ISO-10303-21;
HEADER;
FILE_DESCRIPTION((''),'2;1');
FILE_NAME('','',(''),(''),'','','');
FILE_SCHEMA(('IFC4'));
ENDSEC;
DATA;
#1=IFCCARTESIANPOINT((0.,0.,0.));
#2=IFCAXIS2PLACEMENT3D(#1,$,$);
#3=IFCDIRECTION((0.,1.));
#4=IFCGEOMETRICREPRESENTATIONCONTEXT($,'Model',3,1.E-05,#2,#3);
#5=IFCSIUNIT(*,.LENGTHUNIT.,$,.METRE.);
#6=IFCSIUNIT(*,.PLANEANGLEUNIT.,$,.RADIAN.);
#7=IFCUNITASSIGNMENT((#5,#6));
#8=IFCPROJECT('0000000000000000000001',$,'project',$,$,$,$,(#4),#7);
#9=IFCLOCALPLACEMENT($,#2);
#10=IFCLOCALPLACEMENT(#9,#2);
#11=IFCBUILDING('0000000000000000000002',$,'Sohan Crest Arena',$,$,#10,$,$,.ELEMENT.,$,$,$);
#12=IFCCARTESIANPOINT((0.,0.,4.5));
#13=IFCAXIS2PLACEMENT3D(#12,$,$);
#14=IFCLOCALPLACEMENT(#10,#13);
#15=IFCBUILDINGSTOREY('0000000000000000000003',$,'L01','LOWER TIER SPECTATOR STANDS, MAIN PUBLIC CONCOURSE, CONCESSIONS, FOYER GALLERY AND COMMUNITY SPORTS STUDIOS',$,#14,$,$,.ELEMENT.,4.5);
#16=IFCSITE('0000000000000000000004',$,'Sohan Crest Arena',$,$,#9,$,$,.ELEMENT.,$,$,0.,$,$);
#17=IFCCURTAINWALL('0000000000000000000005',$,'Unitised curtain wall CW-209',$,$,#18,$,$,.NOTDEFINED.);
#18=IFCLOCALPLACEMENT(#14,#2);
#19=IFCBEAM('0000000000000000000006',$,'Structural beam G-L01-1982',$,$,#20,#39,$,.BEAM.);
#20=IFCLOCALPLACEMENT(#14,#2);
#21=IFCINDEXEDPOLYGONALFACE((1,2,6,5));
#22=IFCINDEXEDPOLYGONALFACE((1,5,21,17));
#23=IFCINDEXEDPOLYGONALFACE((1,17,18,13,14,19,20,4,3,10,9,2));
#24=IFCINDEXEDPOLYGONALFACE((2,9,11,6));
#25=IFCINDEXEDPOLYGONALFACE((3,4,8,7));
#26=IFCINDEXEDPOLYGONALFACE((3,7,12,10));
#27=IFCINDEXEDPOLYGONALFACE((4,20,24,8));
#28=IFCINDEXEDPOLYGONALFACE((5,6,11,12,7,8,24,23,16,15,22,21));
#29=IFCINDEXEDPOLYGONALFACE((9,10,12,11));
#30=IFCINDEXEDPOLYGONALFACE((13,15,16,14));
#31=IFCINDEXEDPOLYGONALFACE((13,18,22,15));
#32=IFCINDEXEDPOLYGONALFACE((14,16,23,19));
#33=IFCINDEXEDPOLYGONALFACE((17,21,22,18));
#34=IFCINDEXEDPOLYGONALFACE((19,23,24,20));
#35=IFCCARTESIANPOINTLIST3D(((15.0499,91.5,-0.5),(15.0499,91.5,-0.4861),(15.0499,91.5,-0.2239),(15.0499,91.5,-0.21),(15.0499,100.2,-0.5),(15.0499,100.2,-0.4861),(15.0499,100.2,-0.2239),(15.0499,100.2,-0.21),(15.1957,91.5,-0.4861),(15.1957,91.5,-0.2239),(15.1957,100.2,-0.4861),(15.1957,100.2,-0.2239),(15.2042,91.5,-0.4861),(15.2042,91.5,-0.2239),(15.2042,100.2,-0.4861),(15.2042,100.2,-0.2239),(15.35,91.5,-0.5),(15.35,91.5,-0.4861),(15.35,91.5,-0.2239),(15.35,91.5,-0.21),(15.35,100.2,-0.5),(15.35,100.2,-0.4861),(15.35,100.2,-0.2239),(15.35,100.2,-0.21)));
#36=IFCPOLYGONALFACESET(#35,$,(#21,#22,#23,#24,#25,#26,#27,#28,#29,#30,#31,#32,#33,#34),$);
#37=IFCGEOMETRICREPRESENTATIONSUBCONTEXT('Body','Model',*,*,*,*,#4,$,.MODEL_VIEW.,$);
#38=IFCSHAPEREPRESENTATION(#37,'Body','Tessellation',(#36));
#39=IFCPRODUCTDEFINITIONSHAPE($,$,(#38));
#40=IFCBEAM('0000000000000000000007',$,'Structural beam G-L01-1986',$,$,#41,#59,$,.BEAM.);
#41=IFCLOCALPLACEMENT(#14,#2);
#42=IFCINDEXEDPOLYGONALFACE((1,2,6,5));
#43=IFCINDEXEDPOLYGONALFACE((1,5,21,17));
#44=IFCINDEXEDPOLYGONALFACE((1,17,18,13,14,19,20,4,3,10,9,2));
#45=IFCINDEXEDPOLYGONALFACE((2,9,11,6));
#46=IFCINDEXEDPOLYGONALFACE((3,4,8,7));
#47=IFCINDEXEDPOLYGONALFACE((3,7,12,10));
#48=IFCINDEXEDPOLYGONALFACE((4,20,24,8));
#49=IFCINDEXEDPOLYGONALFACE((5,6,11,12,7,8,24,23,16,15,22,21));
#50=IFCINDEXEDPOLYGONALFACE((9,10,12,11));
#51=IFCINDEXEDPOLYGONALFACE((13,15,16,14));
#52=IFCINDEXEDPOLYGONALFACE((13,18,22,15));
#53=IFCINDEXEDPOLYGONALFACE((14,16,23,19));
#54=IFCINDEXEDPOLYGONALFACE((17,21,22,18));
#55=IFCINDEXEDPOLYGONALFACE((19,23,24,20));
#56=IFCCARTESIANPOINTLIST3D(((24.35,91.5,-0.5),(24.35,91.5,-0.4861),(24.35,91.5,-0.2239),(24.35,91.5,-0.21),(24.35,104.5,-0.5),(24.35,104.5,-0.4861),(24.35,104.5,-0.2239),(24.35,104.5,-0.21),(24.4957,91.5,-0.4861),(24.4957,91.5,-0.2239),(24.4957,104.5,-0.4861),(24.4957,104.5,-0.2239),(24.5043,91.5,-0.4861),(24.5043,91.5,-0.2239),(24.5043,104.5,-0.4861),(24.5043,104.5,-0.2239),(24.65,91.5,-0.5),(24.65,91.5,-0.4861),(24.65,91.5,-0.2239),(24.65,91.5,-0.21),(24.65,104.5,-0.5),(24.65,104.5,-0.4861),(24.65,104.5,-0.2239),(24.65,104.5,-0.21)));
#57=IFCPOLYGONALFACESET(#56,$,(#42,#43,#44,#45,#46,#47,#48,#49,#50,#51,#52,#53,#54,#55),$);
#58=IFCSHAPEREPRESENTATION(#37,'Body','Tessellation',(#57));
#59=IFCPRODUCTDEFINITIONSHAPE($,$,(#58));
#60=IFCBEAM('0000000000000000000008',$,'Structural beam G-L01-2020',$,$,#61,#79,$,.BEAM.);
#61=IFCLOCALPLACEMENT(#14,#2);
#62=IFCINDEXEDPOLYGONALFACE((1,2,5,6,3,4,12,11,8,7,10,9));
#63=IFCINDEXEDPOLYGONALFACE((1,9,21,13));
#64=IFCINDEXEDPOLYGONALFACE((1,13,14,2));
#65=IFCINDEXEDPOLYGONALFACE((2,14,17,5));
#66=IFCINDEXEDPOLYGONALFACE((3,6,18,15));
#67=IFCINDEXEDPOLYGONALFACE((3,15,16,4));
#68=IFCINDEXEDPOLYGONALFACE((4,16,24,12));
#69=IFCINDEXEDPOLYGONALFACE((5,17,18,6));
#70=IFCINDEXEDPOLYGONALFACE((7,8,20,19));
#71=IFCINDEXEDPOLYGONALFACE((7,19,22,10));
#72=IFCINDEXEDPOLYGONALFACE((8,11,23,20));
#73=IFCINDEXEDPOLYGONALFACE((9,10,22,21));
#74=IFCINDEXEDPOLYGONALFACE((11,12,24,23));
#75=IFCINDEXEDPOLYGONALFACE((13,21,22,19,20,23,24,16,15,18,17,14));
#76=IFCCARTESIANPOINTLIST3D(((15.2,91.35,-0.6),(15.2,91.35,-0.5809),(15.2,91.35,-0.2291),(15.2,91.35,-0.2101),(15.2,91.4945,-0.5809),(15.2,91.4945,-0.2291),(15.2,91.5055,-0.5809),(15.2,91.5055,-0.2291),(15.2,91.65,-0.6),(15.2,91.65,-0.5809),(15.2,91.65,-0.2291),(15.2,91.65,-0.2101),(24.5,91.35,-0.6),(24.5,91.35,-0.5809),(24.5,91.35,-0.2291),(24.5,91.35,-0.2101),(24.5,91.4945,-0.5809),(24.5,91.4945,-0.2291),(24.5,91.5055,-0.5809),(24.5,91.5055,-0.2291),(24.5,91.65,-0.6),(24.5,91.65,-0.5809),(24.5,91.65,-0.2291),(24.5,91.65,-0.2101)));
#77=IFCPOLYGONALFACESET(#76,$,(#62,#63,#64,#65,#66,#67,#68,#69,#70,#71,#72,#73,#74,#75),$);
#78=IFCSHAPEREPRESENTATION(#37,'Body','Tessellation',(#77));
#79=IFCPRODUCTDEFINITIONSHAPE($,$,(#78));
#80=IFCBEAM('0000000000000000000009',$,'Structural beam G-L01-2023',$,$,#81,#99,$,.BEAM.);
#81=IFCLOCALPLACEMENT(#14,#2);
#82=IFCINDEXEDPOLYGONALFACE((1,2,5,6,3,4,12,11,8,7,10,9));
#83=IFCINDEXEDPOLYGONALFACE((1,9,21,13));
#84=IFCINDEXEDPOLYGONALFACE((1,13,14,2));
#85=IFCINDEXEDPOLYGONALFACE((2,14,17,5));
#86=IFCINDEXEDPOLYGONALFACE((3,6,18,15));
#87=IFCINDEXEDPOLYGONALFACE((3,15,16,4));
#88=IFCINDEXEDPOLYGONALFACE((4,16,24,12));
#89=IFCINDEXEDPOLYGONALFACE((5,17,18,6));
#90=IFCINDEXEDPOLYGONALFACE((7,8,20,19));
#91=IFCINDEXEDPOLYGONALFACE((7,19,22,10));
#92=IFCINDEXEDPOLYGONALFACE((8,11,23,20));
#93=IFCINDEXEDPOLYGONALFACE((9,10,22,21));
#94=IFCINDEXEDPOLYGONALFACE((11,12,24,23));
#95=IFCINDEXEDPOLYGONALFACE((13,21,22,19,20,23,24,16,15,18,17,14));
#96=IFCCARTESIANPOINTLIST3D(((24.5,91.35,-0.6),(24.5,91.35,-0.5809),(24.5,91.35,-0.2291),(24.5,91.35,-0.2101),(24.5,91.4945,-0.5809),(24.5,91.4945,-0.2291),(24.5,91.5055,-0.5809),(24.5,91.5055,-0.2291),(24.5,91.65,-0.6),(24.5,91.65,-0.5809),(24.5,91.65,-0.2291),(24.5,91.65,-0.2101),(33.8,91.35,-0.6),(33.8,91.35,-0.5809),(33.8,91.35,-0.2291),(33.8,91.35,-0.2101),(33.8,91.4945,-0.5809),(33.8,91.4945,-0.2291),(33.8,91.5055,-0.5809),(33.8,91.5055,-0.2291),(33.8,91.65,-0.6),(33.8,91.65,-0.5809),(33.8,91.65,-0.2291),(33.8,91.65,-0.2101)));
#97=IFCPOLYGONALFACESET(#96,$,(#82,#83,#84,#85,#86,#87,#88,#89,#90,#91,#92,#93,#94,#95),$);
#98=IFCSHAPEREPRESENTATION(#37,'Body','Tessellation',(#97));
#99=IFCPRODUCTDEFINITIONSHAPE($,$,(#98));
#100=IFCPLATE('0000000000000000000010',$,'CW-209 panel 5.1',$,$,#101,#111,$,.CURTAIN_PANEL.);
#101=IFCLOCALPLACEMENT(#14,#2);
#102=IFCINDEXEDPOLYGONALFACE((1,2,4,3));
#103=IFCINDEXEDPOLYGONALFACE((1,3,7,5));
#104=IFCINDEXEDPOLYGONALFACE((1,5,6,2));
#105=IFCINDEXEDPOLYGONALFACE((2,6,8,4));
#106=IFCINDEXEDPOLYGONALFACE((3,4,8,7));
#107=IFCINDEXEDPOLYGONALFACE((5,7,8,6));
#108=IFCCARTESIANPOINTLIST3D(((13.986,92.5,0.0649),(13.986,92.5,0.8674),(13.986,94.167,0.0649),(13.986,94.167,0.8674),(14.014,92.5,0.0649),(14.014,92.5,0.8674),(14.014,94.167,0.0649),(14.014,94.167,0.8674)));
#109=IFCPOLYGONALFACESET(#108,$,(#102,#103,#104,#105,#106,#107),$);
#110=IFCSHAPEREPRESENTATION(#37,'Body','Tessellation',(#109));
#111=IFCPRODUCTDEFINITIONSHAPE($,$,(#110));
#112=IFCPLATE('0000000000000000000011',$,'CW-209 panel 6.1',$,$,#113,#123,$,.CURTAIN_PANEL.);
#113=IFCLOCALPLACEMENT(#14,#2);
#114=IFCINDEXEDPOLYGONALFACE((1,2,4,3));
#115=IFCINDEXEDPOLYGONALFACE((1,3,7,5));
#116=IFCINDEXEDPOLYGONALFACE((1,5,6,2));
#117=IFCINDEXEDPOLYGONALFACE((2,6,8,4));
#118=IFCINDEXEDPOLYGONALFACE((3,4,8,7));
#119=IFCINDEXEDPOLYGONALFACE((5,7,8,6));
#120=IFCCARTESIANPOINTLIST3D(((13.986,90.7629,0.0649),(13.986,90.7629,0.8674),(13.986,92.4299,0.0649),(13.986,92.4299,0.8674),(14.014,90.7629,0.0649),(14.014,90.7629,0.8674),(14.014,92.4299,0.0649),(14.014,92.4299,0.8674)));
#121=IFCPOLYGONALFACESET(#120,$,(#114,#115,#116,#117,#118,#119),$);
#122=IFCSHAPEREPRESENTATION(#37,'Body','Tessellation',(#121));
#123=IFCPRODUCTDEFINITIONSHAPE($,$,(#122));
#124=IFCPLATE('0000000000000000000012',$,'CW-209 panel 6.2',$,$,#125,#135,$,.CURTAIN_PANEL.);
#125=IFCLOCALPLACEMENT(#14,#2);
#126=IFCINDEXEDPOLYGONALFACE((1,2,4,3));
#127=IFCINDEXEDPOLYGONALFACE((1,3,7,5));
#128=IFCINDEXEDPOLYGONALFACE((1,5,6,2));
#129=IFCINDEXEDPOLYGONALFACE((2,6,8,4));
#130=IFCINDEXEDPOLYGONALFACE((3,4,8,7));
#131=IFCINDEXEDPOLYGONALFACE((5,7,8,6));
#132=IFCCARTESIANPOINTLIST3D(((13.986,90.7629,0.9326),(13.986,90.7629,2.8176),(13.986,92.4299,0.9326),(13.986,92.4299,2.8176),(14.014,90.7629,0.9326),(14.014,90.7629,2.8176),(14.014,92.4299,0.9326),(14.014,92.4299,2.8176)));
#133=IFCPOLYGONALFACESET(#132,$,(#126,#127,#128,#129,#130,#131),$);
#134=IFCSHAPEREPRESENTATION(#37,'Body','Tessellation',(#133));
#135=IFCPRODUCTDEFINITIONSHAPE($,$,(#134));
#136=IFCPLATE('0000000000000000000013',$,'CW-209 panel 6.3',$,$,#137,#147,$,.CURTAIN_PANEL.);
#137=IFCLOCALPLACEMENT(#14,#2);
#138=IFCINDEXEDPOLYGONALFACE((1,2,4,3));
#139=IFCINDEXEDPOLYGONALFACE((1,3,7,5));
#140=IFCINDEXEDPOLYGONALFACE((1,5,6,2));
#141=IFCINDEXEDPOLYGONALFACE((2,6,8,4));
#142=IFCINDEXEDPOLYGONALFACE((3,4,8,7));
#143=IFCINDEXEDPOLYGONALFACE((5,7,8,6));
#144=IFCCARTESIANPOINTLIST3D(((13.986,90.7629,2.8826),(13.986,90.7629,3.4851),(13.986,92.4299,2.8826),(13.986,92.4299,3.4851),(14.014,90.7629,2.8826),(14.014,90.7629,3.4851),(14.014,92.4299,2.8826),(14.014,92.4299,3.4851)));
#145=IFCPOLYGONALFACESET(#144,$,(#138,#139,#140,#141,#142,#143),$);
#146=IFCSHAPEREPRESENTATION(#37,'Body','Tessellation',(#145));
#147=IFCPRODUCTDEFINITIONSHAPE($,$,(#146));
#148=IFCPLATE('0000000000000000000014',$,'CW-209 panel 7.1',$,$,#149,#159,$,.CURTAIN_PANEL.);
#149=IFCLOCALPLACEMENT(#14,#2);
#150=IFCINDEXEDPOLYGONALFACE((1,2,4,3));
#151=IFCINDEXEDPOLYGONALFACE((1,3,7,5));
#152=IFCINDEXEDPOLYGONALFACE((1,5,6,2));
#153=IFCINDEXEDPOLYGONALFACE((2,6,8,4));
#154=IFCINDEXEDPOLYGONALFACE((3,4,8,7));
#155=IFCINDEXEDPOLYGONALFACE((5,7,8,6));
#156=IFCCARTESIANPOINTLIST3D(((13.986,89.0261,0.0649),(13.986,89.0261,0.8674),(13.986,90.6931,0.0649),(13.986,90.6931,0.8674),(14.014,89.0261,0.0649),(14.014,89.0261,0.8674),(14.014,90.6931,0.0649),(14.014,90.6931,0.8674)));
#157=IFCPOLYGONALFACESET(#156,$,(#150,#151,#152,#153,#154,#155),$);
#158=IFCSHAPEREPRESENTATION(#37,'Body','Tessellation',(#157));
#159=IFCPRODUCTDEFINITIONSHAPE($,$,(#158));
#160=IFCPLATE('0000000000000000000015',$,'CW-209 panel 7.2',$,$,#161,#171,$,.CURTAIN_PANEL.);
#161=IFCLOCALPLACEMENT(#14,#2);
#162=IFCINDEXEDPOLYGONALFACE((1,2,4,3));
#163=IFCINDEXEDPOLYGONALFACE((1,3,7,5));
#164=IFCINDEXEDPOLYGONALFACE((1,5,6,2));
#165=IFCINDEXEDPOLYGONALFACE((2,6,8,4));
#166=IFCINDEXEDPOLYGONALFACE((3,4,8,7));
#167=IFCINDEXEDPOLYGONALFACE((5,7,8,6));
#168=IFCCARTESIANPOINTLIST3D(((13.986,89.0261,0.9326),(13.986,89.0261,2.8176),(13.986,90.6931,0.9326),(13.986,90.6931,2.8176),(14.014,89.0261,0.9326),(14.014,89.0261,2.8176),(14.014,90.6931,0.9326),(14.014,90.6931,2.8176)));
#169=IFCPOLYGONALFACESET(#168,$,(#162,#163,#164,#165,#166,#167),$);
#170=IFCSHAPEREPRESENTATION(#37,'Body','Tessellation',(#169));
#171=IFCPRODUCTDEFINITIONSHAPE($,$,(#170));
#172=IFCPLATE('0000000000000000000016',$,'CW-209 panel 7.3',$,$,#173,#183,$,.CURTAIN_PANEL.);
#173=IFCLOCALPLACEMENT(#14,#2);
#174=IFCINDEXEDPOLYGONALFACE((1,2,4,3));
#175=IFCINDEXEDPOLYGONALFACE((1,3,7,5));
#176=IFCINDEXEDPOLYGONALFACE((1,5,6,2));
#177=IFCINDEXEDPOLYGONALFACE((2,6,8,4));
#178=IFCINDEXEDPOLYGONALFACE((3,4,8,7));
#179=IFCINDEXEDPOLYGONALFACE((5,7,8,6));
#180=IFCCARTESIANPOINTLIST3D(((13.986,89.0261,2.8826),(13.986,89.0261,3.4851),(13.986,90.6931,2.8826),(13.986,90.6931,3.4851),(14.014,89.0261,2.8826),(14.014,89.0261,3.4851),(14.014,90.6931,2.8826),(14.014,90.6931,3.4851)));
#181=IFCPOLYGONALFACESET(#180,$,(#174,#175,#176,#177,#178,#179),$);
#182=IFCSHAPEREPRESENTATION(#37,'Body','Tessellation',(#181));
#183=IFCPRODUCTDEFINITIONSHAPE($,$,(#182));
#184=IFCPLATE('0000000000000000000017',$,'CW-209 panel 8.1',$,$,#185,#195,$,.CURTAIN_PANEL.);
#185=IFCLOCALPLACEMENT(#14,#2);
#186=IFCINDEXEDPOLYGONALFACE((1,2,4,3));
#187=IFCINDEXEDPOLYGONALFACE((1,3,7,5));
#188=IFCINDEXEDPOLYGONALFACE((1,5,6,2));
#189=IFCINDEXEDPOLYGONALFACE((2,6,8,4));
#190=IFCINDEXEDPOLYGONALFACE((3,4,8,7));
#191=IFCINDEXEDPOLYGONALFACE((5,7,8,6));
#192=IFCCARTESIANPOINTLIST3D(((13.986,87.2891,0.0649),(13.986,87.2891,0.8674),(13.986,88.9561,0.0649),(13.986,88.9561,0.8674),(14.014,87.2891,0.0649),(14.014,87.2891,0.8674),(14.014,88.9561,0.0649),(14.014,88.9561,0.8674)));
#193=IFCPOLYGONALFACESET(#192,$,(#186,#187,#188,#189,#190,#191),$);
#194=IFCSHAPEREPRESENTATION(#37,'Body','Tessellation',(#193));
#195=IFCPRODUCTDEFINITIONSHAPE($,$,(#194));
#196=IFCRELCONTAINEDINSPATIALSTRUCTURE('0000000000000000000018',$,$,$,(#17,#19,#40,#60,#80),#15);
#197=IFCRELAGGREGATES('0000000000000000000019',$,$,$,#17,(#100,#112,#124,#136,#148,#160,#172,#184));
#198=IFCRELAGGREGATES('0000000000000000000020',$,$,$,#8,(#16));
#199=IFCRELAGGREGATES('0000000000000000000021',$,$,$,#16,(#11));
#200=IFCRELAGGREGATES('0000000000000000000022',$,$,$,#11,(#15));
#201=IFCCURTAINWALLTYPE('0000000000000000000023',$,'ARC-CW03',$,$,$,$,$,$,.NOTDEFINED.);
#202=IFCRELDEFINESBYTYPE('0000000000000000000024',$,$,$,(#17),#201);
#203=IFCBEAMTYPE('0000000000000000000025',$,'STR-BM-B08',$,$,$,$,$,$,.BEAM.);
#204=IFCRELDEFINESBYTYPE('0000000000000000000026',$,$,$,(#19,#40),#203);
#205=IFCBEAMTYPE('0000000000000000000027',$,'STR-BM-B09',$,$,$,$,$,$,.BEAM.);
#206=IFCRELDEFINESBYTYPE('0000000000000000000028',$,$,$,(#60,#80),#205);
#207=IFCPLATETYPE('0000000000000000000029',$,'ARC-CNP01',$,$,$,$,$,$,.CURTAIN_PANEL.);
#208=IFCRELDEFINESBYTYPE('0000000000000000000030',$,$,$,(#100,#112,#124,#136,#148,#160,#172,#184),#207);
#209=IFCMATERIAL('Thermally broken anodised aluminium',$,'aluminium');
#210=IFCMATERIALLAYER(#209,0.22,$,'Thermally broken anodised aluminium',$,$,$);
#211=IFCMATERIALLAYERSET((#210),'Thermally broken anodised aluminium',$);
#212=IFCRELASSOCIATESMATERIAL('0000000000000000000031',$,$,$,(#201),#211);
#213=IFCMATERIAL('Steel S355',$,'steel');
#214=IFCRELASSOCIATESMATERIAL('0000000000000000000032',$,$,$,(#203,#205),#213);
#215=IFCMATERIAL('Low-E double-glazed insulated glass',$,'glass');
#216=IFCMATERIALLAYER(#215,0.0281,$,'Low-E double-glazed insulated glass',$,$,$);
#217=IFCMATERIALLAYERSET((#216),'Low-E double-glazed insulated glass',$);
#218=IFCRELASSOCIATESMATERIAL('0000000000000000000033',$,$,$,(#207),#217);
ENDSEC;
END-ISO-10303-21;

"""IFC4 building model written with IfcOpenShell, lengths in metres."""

from ifc_helpers import new_model, si_unit, direction, frame, origin, origin_2d, place, context, subcontext, project, spatial, rectangle, i_section, extrude, material, layer, layer_set, material_profile, profile_set, type_object, element, aggregate, save


model = new_model("IFC4")

# Units and contexts
model_context = context("Model", 3, precision=1e-05, world=origin(), true_north=direction((0.0, 1.0)))
body_context = subcontext(model_context, "Body", "Model", "MODEL_VIEW")
ifc_project = project(units=[si_unit("LENGTHUNIT", "METRE"), si_unit("PLANEANGLEUNIT", "RADIAN")], contexts=[model_context])

# Site, building, storey
site_placement = place(None, origin())
site = spatial("IfcSite", under=ifc_project, at=site_placement, Name="Sohan Crest Arena", CompositionType="ELEMENT", RefElevation=0.0)
building_placement = place(site_placement, origin())
building = spatial("IfcBuilding", under=site, at=building_placement, Name="Sohan Crest Arena", CompositionType="ELEMENT")
storey_placement = place(building_placement, frame((0.0, 0.0, 4.5)))
storey = spatial("IfcBuildingStorey", under=building, at=storey_placement, Name="L01", Description="LOWER TIER SPECTATOR STANDS, MAIN PUBLIC CONCOURSE, CONCESSIONS, FOYER GALLERY AND COMMUNITY SPORTS STUDIOS", CompositionType="ELEMENT", Elevation=4.5)

# Curtain wall
ifc_material_1 = material(Name="Thermally broken anodised aluminium", Category="aluminium")
ifc_layer_1 = layer(ifc_material_1, 0.22, Name="Thermally broken anodised aluminium")
ifc_layer_set_1 = layer_set([ifc_layer_1], Name="Thermally broken anodised aluminium")
curtain_wall_type = type_object("IfcCurtainWallType", Name="ARC-CW03", PredefinedType="NOTDEFINED", material=ifc_layer_set_1)
curtain_wall_placement = place(storey_placement, origin())
curtain_wall = element("IfcCurtainWall", 1, at=curtain_wall_placement, inside=storey, type_object=curtain_wall_type, Name="Unitised curtain wall CW-209", PredefinedType="NOTDEFINED")

# Beams
ifc_material_2 = material(Name="Steel S355", Category="steel")
ifc_material_profile_1 = material_profile(ifc_material_2, i_section(OverallWidth=0.3, OverallDepth=0.29, WebThickness=0.0085, FlangeThickness=0.0139, at=origin_2d()), Name="HEA 300")
ifc_profile_set_1 = profile_set([ifc_material_profile_1], Name="Steel S355")
beam_type_1 = type_object("IfcBeamType", Name="STR-BM-B08", PredefinedType="BEAM", material=ifc_profile_set_1)
beam_1_placement = place(storey_placement, frame((15.2, 91.5, -0.355), z_axis=(0.0, 1.0, 0.0), x_axis=(-1.0, 0.0, 0.0)))
element("IfcBeam", 2, at=beam_1_placement, inside=storey, type_object=beam_type_1, Name="Structural beam G-L01-1982", PredefinedType="BEAM", context=body_context, shape_type="SweptSolid", body=[
    extrude(i_section(OverallWidth=0.3, OverallDepth=0.29, WebThickness=0.0085, FlangeThickness=0.0139, at=origin_2d()), origin(), (0.0, 0.0, 1.0), 8.7),
])
beam_2_placement = place(storey_placement, frame((24.5, 91.5, -0.355), z_axis=(0.0, 1.0, 0.0), x_axis=(-1.0, 0.0, 0.0)))
element("IfcBeam", 3, at=beam_2_placement, inside=storey, type_object=beam_type_1, Name="Structural beam G-L01-1986", PredefinedType="BEAM", context=body_context, shape_type="SweptSolid", body=[
    extrude(i_section(OverallWidth=0.3, OverallDepth=0.29, WebThickness=0.0085, FlangeThickness=0.0139, at=origin_2d()), origin(), (0.0, 0.0, 1.0), 13.0),
])
ifc_material_profile_2 = material_profile(ifc_material_2, i_section(OverallWidth=0.3, OverallDepth=0.3899, WebThickness=0.011, FlangeThickness=0.019, at=origin_2d()), Name="HEA 400")
ifc_profile_set_2 = profile_set([ifc_material_profile_2], Name="Steel S355")
beam_type_2 = type_object("IfcBeamType", Name="STR-BM-B09", PredefinedType="BEAM", material=ifc_profile_set_2)
for number, where, z_axis, x_axis, name in (
    (4, (15.2, 91.5, -0.405), (1.0, 0.0, 0.0), (0.0, 1.0, 0.0), "Structural beam G-L01-2020"),
    (5, (24.5, 91.5, -0.405), (1.0, 0.0, 0.0), (0.0, 1.0, 0.0), "Structural beam G-L01-2023"),
):
    element("IfcBeam", number, at=place(storey_placement, frame(where, z_axis=z_axis, x_axis=x_axis)), inside=storey, type_object=beam_type_2, Name=name, PredefinedType="BEAM", context=body_context, shape_type="SweptSolid", body=[
        extrude(i_section(OverallWidth=0.3, OverallDepth=0.3899, WebThickness=0.011, FlangeThickness=0.019, at=origin_2d()), origin(), (0.0, 0.0, 1.0), 9.3),
    ])

# Plates
ifc_material_3 = material(Name="Low-E double-glazed insulated glass", Category="glass")
ifc_layer_2 = layer(ifc_material_3, 0.0281, Name="Low-E double-glazed insulated glass")
ifc_layer_set_2 = layer_set([ifc_layer_2], Name="Low-E double-glazed insulated glass")
plate_type = type_object("IfcPlateType", Name="ARC-CNP01", PredefinedType="CURTAIN_PANEL", material=ifc_layer_set_2)
plate_1_placement = place(storey_placement, frame((14.0, 93.3335, 0.0649), z_axis=(0.0, 0.0, 1.0), x_axis=(0.0, -1.0, 0.0)))
plate_1 = element("IfcPlate", 6, at=plate_1_placement, type_object=plate_type, Name="CW-209 panel 5.1", PredefinedType="CURTAIN_PANEL", context=body_context, shape_type="SweptSolid", body=[
    extrude(rectangle(XDim=1.667, YDim=0.0281, at=origin_2d()), origin(), (0.0, 0.0, 1.0), 0.8025),
])
plate_2_placement = place(storey_placement, frame((14.0, 91.5964, 0.0649), z_axis=(0.0, 0.0, 1.0), x_axis=(0.0, -1.0, 0.0)))
plate_2 = element("IfcPlate", 7, at=plate_2_placement, type_object=plate_type, Name="CW-209 panel 6.1", PredefinedType="CURTAIN_PANEL", context=body_context, shape_type="SweptSolid", body=[
    extrude(rectangle(XDim=1.667, YDim=0.0281, at=origin_2d()), origin(), (0.0, 0.0, 1.0), 0.8025),
])
plate_3_placement = place(storey_placement, frame((14.0, 91.5964, 0.9326), z_axis=(0.0, 0.0, 1.0), x_axis=(0.0, -1.0, 0.0)))
plate_3 = element("IfcPlate", 8, at=plate_3_placement, type_object=plate_type, Name="CW-209 panel 6.2", PredefinedType="CURTAIN_PANEL", context=body_context, shape_type="SweptSolid", body=[
    extrude(rectangle(XDim=1.667, YDim=0.0281, at=origin_2d()), origin(), (0.0, 0.0, 1.0), 1.885),
])
plate_4_placement = place(storey_placement, frame((14.0, 91.5964, 2.8826), z_axis=(0.0, 0.0, 1.0), x_axis=(0.0, -1.0, 0.0)))
plate_4 = element("IfcPlate", 9, at=plate_4_placement, type_object=plate_type, Name="CW-209 panel 6.3", PredefinedType="CURTAIN_PANEL", context=body_context, shape_type="SweptSolid", body=[
    extrude(rectangle(XDim=1.667, YDim=0.0281, at=origin_2d()), origin(), (0.0, 0.0, 1.0), 0.6025),
])
plate_5_placement = place(storey_placement, frame((14.0, 89.8596, 0.0649), z_axis=(0.0, 0.0, 1.0), x_axis=(0.0, -1.0, 0.0)))
plate_5 = element("IfcPlate", 10, at=plate_5_placement, type_object=plate_type, Name="CW-209 panel 7.1", PredefinedType="CURTAIN_PANEL", context=body_context, shape_type="SweptSolid", body=[
    extrude(rectangle(XDim=1.667, YDim=0.0281, at=origin_2d()), origin(), (0.0, 0.0, 1.0), 0.8025),
])
plate_6_placement = place(storey_placement, frame((14.0, 89.8596, 0.9326), z_axis=(0.0, 0.0, 1.0), x_axis=(0.0, -1.0, 0.0)))
plate_6 = element("IfcPlate", 11, at=plate_6_placement, type_object=plate_type, Name="CW-209 panel 7.2", PredefinedType="CURTAIN_PANEL", context=body_context, shape_type="SweptSolid", body=[
    extrude(rectangle(XDim=1.667, YDim=0.0281, at=origin_2d()), origin(), (0.0, 0.0, 1.0), 1.885),
])
plate_7_placement = place(storey_placement, frame((14.0, 89.8596, 2.8826), z_axis=(0.0, 0.0, 1.0), x_axis=(0.0, -1.0, 0.0)))
plate_7 = element("IfcPlate", 12, at=plate_7_placement, type_object=plate_type, Name="CW-209 panel 7.3", PredefinedType="CURTAIN_PANEL", context=body_context, shape_type="SweptSolid", body=[
    extrude(rectangle(XDim=1.667, YDim=0.0281, at=origin_2d()), origin(), (0.0, 0.0, 1.0), 0.6025),
])
plate_8_placement = place(storey_placement, frame((14.0, 88.1226, 0.0649), z_axis=(0.0, 0.0, 1.0), x_axis=(0.0, -1.0, 0.0)))
plate_8 = element("IfcPlate", 13, at=plate_8_placement, type_object=plate_type, Name="CW-209 panel 8.1", PredefinedType="CURTAIN_PANEL", context=body_context, shape_type="SweptSolid", body=[
    extrude(rectangle(XDim=1.667, YDim=0.0281, at=origin_2d()), origin(), (0.0, 0.0, 1.0), 0.8025),
])
aggregate(curtain_wall, [plate_1, plate_2, plate_3, plate_4, plate_5, plate_6, plate_7, plate_8])

save(model, "model.ifc")
